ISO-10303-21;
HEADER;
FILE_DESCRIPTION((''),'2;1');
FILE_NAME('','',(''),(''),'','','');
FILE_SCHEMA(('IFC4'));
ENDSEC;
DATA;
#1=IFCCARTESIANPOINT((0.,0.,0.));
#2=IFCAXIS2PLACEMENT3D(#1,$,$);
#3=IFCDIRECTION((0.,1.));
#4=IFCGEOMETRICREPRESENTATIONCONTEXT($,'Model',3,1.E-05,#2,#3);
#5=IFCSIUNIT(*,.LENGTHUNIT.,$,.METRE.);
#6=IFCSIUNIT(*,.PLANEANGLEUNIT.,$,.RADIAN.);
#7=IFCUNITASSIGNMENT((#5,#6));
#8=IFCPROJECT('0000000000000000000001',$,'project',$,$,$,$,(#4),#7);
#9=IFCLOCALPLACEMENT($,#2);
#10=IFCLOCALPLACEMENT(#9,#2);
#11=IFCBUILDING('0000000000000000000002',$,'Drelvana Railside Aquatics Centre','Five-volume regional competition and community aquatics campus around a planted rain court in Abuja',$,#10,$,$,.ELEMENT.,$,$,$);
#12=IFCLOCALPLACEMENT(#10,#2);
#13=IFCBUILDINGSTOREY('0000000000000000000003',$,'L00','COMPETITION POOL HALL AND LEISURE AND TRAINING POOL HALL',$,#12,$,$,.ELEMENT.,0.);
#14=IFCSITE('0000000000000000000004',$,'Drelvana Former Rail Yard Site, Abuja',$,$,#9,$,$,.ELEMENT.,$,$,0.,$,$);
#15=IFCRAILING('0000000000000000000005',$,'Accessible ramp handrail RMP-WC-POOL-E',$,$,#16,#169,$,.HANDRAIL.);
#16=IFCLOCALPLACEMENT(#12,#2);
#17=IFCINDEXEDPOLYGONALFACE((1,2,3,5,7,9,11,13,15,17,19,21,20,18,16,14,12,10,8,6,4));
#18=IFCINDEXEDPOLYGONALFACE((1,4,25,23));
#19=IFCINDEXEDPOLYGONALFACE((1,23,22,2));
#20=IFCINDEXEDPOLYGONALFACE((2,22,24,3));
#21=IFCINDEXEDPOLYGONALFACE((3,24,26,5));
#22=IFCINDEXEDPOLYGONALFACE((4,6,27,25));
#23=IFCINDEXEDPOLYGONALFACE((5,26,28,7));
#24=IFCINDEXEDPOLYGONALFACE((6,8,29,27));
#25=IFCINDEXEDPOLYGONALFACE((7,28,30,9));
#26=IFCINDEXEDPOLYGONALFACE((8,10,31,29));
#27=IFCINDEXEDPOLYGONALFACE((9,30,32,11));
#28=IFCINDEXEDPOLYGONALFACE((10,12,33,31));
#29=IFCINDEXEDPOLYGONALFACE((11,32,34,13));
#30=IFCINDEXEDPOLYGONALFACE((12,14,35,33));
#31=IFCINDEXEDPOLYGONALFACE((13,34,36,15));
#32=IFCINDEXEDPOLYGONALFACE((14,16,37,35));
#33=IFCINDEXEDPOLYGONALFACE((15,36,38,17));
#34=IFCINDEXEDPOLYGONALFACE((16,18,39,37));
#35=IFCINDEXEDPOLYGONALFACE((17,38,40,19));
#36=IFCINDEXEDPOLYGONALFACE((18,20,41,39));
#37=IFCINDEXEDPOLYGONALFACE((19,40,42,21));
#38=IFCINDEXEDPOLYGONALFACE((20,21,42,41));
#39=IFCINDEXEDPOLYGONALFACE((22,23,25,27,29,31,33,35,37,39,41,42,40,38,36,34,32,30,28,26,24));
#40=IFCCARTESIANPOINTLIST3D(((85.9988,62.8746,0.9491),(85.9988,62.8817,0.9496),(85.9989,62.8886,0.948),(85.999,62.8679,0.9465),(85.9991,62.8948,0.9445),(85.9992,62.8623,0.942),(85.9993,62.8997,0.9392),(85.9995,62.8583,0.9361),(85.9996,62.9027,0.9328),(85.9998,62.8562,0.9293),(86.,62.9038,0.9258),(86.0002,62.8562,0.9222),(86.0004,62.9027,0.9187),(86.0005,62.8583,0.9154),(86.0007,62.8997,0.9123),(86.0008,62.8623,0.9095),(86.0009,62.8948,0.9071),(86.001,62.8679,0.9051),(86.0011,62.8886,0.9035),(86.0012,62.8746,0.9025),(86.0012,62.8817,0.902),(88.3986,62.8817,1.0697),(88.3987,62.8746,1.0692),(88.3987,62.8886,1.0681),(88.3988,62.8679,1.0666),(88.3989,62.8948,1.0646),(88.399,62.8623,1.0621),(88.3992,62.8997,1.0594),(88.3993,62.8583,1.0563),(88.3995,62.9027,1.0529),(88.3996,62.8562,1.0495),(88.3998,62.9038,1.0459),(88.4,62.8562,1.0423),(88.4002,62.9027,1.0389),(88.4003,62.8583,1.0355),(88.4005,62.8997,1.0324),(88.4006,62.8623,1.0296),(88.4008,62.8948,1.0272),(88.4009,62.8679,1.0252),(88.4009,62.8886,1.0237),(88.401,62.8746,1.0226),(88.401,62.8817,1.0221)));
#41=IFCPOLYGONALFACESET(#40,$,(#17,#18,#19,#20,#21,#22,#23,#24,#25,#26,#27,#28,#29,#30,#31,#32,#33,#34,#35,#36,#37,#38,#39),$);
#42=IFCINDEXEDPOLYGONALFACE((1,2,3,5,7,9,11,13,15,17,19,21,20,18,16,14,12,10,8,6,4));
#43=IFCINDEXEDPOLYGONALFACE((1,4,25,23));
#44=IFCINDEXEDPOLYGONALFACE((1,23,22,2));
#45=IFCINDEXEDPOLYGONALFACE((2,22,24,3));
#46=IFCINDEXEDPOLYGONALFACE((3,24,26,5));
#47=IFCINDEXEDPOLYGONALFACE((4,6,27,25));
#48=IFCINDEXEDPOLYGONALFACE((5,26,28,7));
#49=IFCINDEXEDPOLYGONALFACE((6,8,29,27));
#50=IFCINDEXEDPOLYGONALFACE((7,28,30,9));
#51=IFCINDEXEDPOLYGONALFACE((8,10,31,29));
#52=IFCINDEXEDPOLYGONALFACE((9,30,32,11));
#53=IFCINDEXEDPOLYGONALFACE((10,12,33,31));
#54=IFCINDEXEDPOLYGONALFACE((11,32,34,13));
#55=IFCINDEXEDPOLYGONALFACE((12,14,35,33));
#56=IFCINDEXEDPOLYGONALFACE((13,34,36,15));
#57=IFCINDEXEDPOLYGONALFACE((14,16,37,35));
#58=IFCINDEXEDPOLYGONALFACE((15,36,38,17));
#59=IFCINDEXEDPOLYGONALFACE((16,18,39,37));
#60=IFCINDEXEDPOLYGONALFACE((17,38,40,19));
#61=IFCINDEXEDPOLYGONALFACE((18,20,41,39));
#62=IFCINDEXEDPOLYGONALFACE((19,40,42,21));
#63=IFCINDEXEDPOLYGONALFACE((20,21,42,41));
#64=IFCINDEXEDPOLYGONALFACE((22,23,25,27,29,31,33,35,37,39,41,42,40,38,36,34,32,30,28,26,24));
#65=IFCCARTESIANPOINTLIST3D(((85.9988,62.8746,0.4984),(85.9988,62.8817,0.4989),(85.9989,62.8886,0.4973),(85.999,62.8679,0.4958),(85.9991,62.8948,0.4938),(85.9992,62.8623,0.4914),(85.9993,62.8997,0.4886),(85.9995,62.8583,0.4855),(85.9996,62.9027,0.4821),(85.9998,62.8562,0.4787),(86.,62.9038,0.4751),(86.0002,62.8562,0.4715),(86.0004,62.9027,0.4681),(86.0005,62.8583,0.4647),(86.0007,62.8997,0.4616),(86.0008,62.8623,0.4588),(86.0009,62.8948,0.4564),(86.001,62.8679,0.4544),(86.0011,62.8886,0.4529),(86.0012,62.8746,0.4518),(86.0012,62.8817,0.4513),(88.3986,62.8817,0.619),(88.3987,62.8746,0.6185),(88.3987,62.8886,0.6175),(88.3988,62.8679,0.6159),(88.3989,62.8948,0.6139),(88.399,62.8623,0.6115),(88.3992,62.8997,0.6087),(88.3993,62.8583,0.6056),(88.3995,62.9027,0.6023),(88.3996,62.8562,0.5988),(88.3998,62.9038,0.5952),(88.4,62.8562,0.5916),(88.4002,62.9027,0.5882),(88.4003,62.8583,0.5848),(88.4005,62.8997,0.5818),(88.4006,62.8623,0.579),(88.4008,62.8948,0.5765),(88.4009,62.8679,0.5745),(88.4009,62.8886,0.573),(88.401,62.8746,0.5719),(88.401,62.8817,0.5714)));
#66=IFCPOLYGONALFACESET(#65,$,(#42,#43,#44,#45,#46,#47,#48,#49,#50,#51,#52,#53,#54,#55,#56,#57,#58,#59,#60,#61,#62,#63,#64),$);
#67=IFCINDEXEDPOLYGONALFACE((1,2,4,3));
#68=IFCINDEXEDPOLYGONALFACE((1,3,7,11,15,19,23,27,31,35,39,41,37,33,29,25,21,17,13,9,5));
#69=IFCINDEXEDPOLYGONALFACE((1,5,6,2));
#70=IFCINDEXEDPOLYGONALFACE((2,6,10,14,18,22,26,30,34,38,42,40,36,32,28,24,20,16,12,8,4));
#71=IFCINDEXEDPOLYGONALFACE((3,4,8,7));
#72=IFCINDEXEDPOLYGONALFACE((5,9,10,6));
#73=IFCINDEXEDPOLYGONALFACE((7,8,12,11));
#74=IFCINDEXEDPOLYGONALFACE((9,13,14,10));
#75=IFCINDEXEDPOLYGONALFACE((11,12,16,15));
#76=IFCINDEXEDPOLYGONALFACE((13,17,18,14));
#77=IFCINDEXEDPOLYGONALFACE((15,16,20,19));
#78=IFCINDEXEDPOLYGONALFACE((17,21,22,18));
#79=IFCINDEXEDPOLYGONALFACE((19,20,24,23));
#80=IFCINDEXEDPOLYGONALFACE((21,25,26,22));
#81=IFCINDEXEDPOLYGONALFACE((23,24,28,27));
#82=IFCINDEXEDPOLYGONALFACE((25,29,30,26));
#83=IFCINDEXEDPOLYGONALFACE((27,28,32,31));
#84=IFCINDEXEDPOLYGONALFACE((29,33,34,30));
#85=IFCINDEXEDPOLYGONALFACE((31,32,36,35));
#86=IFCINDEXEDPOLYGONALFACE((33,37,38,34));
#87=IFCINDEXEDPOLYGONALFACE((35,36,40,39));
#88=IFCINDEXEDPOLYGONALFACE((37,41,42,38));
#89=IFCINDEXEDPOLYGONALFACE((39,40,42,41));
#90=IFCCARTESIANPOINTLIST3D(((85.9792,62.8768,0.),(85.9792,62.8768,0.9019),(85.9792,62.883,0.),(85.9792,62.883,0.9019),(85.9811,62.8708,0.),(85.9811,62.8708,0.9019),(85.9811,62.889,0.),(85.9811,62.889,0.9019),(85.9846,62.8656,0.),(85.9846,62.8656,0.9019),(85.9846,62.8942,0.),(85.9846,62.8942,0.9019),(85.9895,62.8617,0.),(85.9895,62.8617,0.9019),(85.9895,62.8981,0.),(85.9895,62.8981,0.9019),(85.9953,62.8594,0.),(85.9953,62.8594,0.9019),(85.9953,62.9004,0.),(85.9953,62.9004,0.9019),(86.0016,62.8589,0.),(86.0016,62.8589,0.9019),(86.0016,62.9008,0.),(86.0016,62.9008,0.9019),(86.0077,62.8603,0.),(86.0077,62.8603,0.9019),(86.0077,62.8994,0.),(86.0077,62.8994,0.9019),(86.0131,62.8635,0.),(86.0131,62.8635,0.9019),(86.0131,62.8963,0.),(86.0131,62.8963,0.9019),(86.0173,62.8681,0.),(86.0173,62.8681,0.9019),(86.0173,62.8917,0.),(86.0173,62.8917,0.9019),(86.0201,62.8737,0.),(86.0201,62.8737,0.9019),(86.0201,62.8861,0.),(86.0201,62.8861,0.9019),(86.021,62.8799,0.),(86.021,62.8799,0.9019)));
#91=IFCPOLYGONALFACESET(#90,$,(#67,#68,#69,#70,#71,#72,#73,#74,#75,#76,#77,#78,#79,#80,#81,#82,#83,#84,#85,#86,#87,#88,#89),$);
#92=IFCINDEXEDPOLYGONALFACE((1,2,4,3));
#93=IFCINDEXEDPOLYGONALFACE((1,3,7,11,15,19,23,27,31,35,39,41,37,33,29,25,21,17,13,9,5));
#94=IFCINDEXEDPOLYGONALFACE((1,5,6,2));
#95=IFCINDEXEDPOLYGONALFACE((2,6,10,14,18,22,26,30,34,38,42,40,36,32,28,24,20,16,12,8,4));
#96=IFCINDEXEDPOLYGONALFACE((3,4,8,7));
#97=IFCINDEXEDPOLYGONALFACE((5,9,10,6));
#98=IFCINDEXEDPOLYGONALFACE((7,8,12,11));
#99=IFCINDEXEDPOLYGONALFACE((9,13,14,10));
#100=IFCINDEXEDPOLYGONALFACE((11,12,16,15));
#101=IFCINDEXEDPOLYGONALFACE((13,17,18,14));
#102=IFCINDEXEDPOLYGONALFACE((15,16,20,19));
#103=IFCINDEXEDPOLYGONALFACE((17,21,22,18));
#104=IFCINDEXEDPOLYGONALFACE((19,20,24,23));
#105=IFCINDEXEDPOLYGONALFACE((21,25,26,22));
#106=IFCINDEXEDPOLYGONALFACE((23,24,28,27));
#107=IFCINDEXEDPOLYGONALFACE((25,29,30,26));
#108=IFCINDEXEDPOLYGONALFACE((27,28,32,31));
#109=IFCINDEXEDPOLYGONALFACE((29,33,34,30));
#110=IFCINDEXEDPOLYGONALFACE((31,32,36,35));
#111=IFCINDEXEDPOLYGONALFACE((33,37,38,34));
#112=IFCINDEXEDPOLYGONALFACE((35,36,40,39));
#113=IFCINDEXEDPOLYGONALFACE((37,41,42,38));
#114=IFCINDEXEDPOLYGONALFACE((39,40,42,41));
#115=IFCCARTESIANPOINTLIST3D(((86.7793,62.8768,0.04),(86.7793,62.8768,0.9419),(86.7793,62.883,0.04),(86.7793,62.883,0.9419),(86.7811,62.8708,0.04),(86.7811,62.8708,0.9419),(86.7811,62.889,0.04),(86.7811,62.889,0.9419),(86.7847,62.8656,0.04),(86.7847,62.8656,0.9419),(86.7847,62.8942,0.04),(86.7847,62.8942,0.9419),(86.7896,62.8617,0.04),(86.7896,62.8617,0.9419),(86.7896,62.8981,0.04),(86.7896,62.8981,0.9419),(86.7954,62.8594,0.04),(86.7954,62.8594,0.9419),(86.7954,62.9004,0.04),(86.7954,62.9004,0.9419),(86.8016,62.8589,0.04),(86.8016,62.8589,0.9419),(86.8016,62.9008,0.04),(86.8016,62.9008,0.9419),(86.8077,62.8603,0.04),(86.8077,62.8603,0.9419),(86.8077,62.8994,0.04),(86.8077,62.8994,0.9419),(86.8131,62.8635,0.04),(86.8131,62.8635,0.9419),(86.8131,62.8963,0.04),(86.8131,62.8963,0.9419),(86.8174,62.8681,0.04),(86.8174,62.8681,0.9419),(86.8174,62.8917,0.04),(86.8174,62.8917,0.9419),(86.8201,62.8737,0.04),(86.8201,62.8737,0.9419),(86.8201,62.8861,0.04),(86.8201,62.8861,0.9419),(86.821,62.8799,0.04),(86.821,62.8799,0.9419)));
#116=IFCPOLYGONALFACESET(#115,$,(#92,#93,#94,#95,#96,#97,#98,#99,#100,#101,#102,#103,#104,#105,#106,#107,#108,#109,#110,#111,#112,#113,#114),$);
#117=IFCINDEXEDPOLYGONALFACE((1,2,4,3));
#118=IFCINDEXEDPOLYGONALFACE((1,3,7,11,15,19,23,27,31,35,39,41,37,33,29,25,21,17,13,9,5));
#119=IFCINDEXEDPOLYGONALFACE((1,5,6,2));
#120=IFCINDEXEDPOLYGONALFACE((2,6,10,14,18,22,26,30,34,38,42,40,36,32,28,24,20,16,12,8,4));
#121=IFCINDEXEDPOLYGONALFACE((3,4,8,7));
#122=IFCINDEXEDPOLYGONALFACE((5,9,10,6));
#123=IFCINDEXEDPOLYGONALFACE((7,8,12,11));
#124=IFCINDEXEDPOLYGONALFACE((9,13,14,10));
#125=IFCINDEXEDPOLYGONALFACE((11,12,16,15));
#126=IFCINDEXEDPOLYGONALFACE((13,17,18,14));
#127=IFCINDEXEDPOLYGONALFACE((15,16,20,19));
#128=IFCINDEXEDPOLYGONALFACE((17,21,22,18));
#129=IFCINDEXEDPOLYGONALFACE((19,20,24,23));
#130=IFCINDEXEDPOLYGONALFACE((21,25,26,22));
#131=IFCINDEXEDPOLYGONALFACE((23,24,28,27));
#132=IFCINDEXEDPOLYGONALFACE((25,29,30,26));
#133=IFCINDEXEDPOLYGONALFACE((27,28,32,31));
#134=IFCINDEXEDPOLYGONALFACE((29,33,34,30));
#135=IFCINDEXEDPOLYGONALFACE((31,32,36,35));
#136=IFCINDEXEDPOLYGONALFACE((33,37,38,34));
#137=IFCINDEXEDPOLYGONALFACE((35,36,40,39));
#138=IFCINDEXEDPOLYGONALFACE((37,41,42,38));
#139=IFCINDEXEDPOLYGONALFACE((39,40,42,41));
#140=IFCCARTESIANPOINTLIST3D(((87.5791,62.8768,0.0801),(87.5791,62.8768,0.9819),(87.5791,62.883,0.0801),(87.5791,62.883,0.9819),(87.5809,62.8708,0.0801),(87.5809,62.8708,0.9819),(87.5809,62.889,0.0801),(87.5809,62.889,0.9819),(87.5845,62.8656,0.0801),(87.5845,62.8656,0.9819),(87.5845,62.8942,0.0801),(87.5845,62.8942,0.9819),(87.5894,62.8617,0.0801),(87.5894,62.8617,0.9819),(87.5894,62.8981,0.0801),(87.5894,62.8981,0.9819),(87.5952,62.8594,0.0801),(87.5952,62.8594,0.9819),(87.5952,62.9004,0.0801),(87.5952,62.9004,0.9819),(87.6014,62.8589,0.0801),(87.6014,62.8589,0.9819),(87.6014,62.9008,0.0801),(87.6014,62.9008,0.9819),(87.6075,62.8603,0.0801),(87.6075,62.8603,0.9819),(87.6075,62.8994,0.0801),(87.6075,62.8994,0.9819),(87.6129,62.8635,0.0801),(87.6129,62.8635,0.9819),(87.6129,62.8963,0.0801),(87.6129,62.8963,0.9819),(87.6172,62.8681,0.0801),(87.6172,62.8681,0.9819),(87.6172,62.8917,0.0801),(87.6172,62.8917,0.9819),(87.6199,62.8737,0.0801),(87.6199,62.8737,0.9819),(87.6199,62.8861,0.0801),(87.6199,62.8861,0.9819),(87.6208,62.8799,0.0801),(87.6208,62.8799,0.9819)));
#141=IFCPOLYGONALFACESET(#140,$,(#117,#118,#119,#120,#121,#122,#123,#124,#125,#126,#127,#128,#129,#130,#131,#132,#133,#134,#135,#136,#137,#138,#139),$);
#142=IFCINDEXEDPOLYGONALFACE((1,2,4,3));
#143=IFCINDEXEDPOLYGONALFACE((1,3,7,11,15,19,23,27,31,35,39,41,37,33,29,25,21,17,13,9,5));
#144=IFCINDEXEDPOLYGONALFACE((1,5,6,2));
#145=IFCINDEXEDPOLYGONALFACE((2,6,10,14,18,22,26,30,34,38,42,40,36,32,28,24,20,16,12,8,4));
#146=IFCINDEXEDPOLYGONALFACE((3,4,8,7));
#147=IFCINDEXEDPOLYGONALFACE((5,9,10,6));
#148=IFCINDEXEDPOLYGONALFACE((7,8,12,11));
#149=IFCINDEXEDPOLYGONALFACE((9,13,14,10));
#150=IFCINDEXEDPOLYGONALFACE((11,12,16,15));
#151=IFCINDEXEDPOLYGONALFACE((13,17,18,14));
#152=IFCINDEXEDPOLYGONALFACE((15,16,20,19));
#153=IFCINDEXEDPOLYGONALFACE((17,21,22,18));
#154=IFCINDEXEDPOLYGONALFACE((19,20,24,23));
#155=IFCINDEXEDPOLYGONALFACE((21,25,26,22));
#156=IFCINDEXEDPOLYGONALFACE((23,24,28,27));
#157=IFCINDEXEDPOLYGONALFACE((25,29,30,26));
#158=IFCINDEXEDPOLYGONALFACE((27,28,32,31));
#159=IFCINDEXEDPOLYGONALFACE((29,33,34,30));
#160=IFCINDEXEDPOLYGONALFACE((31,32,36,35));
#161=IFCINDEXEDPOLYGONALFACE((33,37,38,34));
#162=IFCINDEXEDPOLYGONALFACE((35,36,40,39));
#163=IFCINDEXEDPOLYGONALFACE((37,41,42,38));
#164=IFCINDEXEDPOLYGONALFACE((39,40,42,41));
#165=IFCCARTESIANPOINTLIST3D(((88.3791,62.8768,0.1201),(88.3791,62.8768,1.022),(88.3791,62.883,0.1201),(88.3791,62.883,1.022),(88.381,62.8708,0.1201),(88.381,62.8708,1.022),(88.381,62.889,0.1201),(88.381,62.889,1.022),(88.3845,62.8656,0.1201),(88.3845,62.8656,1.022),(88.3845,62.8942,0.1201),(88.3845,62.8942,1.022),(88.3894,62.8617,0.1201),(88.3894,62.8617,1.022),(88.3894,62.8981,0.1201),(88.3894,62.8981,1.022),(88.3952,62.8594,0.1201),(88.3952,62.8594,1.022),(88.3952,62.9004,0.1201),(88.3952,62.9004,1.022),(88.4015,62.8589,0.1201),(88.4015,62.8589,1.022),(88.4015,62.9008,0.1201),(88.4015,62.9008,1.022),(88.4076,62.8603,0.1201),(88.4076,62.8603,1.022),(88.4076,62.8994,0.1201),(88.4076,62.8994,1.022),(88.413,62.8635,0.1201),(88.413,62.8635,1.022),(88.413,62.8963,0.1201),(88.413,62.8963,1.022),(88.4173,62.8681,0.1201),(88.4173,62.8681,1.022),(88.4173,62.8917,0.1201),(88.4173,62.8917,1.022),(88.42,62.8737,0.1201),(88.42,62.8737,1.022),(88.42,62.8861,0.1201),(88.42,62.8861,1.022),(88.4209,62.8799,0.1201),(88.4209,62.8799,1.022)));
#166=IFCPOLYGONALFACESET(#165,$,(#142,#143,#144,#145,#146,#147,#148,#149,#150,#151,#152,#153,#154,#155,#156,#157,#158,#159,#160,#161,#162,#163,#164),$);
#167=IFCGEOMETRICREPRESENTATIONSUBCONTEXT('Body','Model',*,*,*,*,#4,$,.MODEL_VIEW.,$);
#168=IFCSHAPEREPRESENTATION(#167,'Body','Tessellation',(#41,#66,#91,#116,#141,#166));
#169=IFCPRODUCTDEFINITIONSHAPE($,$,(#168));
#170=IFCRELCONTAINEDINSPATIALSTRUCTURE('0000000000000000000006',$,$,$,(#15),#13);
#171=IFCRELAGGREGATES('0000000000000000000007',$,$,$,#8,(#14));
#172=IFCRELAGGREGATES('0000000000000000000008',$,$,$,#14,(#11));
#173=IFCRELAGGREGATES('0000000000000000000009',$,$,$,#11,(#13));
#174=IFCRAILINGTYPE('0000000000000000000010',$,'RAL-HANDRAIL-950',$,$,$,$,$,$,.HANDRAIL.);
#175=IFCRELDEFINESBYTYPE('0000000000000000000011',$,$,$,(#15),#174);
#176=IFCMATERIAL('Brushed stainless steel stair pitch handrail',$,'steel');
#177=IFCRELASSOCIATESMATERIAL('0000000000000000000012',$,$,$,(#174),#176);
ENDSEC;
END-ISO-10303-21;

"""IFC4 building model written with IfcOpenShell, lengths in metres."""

from ifc_helpers import new_model, si_unit, direction, frame, origin, origin_2d, place, context, subcontext, project, spatial, circle, extrude, material, type_object, element, save


model = new_model("IFC4")

# Units and contexts
model_context = context("Model", 3, precision=1e-05, world=origin(), true_north=direction((0.0, 1.0)))
body_context = subcontext(model_context, "Body", "Model", "MODEL_VIEW")
ifc_project = project(units=[si_unit("LENGTHUNIT", "METRE"), si_unit("PLANEANGLEUNIT", "RADIAN")], contexts=[model_context])

# Site, building, storey
site_placement = place(None, origin())
site = spatial("IfcSite", under=ifc_project, at=site_placement, Name="Drelvana Former Rail Yard Site, Abuja", CompositionType="ELEMENT", RefElevation=0.0)
building_placement = place(site_placement, origin())
building = spatial("IfcBuilding", under=site, at=building_placement, Name="Drelvana Railside Aquatics Centre", Description="Five-volume regional competition and community aquatics campus around a planted rain court in Abuja", CompositionType="ELEMENT")
storey_placement = place(building_placement, origin())
storey = spatial("IfcBuildingStorey", under=building, at=storey_placement, Name="L00", Description="COMPETITION POOL HALL AND LEISURE AND TRAINING POOL HALL", CompositionType="ELEMENT", Elevation=0.0)

# Railing
ifc_material_1 = material(Name="Brushed stainless steel stair pitch handrail", Category="steel")
railing_type = type_object("IfcRailingType", Name="RAL-HANDRAIL-950", PredefinedType="HANDRAIL", material=ifc_material_1)
for number, where, name in (
    (1, (86.0, 62.8799, 0.0), "Accessible ramp handrail RMP-WC-POOL-E"),
):
    element("IfcRailing", number, at=place(storey_placement, frame(where)), inside=storey, type_object=railing_type, Name=name, PredefinedType="HANDRAIL", context=body_context, shape_type="SweptSolid", body=[
        extrude(circle(Radius=0.0239, at=origin_2d()), frame((0.0, 0.0, 0.9258), z_axis=(0.99875, 0.0, 0.049988), x_axis=(0.0, 1.0, 0.0)), (0.0, 0.0, 1.0), 2.4028),
        extrude(circle(Radius=0.0239, at=origin_2d()), frame((0.0, 0.0, 0.4751), z_axis=(0.99875, 0.0, 0.049988), x_axis=(0.0, 1.0, 0.0)), (0.0, 0.0, 1.0), 2.4028),
        extrude(circle(Radius=0.021, at=origin_2d()), origin(), (0.0, 0.0, 1.0), 0.9019),
        extrude(circle(Radius=0.021, at=origin_2d()), frame((0.8, 0.0, 0.04)), (0.0, 0.0, 1.0), 0.9019),
        extrude(circle(Radius=0.021, at=origin_2d()), frame((1.5999, 0.0, 0.0801)), (0.0, 0.0, 1.0), 0.9019),
        extrude(circle(Radius=0.021, at=origin_2d()), frame((2.3999, 0.0, 0.1201)), (0.0, 0.0, 1.0), 0.9019),
    ])

save(model, "model.ifc")
